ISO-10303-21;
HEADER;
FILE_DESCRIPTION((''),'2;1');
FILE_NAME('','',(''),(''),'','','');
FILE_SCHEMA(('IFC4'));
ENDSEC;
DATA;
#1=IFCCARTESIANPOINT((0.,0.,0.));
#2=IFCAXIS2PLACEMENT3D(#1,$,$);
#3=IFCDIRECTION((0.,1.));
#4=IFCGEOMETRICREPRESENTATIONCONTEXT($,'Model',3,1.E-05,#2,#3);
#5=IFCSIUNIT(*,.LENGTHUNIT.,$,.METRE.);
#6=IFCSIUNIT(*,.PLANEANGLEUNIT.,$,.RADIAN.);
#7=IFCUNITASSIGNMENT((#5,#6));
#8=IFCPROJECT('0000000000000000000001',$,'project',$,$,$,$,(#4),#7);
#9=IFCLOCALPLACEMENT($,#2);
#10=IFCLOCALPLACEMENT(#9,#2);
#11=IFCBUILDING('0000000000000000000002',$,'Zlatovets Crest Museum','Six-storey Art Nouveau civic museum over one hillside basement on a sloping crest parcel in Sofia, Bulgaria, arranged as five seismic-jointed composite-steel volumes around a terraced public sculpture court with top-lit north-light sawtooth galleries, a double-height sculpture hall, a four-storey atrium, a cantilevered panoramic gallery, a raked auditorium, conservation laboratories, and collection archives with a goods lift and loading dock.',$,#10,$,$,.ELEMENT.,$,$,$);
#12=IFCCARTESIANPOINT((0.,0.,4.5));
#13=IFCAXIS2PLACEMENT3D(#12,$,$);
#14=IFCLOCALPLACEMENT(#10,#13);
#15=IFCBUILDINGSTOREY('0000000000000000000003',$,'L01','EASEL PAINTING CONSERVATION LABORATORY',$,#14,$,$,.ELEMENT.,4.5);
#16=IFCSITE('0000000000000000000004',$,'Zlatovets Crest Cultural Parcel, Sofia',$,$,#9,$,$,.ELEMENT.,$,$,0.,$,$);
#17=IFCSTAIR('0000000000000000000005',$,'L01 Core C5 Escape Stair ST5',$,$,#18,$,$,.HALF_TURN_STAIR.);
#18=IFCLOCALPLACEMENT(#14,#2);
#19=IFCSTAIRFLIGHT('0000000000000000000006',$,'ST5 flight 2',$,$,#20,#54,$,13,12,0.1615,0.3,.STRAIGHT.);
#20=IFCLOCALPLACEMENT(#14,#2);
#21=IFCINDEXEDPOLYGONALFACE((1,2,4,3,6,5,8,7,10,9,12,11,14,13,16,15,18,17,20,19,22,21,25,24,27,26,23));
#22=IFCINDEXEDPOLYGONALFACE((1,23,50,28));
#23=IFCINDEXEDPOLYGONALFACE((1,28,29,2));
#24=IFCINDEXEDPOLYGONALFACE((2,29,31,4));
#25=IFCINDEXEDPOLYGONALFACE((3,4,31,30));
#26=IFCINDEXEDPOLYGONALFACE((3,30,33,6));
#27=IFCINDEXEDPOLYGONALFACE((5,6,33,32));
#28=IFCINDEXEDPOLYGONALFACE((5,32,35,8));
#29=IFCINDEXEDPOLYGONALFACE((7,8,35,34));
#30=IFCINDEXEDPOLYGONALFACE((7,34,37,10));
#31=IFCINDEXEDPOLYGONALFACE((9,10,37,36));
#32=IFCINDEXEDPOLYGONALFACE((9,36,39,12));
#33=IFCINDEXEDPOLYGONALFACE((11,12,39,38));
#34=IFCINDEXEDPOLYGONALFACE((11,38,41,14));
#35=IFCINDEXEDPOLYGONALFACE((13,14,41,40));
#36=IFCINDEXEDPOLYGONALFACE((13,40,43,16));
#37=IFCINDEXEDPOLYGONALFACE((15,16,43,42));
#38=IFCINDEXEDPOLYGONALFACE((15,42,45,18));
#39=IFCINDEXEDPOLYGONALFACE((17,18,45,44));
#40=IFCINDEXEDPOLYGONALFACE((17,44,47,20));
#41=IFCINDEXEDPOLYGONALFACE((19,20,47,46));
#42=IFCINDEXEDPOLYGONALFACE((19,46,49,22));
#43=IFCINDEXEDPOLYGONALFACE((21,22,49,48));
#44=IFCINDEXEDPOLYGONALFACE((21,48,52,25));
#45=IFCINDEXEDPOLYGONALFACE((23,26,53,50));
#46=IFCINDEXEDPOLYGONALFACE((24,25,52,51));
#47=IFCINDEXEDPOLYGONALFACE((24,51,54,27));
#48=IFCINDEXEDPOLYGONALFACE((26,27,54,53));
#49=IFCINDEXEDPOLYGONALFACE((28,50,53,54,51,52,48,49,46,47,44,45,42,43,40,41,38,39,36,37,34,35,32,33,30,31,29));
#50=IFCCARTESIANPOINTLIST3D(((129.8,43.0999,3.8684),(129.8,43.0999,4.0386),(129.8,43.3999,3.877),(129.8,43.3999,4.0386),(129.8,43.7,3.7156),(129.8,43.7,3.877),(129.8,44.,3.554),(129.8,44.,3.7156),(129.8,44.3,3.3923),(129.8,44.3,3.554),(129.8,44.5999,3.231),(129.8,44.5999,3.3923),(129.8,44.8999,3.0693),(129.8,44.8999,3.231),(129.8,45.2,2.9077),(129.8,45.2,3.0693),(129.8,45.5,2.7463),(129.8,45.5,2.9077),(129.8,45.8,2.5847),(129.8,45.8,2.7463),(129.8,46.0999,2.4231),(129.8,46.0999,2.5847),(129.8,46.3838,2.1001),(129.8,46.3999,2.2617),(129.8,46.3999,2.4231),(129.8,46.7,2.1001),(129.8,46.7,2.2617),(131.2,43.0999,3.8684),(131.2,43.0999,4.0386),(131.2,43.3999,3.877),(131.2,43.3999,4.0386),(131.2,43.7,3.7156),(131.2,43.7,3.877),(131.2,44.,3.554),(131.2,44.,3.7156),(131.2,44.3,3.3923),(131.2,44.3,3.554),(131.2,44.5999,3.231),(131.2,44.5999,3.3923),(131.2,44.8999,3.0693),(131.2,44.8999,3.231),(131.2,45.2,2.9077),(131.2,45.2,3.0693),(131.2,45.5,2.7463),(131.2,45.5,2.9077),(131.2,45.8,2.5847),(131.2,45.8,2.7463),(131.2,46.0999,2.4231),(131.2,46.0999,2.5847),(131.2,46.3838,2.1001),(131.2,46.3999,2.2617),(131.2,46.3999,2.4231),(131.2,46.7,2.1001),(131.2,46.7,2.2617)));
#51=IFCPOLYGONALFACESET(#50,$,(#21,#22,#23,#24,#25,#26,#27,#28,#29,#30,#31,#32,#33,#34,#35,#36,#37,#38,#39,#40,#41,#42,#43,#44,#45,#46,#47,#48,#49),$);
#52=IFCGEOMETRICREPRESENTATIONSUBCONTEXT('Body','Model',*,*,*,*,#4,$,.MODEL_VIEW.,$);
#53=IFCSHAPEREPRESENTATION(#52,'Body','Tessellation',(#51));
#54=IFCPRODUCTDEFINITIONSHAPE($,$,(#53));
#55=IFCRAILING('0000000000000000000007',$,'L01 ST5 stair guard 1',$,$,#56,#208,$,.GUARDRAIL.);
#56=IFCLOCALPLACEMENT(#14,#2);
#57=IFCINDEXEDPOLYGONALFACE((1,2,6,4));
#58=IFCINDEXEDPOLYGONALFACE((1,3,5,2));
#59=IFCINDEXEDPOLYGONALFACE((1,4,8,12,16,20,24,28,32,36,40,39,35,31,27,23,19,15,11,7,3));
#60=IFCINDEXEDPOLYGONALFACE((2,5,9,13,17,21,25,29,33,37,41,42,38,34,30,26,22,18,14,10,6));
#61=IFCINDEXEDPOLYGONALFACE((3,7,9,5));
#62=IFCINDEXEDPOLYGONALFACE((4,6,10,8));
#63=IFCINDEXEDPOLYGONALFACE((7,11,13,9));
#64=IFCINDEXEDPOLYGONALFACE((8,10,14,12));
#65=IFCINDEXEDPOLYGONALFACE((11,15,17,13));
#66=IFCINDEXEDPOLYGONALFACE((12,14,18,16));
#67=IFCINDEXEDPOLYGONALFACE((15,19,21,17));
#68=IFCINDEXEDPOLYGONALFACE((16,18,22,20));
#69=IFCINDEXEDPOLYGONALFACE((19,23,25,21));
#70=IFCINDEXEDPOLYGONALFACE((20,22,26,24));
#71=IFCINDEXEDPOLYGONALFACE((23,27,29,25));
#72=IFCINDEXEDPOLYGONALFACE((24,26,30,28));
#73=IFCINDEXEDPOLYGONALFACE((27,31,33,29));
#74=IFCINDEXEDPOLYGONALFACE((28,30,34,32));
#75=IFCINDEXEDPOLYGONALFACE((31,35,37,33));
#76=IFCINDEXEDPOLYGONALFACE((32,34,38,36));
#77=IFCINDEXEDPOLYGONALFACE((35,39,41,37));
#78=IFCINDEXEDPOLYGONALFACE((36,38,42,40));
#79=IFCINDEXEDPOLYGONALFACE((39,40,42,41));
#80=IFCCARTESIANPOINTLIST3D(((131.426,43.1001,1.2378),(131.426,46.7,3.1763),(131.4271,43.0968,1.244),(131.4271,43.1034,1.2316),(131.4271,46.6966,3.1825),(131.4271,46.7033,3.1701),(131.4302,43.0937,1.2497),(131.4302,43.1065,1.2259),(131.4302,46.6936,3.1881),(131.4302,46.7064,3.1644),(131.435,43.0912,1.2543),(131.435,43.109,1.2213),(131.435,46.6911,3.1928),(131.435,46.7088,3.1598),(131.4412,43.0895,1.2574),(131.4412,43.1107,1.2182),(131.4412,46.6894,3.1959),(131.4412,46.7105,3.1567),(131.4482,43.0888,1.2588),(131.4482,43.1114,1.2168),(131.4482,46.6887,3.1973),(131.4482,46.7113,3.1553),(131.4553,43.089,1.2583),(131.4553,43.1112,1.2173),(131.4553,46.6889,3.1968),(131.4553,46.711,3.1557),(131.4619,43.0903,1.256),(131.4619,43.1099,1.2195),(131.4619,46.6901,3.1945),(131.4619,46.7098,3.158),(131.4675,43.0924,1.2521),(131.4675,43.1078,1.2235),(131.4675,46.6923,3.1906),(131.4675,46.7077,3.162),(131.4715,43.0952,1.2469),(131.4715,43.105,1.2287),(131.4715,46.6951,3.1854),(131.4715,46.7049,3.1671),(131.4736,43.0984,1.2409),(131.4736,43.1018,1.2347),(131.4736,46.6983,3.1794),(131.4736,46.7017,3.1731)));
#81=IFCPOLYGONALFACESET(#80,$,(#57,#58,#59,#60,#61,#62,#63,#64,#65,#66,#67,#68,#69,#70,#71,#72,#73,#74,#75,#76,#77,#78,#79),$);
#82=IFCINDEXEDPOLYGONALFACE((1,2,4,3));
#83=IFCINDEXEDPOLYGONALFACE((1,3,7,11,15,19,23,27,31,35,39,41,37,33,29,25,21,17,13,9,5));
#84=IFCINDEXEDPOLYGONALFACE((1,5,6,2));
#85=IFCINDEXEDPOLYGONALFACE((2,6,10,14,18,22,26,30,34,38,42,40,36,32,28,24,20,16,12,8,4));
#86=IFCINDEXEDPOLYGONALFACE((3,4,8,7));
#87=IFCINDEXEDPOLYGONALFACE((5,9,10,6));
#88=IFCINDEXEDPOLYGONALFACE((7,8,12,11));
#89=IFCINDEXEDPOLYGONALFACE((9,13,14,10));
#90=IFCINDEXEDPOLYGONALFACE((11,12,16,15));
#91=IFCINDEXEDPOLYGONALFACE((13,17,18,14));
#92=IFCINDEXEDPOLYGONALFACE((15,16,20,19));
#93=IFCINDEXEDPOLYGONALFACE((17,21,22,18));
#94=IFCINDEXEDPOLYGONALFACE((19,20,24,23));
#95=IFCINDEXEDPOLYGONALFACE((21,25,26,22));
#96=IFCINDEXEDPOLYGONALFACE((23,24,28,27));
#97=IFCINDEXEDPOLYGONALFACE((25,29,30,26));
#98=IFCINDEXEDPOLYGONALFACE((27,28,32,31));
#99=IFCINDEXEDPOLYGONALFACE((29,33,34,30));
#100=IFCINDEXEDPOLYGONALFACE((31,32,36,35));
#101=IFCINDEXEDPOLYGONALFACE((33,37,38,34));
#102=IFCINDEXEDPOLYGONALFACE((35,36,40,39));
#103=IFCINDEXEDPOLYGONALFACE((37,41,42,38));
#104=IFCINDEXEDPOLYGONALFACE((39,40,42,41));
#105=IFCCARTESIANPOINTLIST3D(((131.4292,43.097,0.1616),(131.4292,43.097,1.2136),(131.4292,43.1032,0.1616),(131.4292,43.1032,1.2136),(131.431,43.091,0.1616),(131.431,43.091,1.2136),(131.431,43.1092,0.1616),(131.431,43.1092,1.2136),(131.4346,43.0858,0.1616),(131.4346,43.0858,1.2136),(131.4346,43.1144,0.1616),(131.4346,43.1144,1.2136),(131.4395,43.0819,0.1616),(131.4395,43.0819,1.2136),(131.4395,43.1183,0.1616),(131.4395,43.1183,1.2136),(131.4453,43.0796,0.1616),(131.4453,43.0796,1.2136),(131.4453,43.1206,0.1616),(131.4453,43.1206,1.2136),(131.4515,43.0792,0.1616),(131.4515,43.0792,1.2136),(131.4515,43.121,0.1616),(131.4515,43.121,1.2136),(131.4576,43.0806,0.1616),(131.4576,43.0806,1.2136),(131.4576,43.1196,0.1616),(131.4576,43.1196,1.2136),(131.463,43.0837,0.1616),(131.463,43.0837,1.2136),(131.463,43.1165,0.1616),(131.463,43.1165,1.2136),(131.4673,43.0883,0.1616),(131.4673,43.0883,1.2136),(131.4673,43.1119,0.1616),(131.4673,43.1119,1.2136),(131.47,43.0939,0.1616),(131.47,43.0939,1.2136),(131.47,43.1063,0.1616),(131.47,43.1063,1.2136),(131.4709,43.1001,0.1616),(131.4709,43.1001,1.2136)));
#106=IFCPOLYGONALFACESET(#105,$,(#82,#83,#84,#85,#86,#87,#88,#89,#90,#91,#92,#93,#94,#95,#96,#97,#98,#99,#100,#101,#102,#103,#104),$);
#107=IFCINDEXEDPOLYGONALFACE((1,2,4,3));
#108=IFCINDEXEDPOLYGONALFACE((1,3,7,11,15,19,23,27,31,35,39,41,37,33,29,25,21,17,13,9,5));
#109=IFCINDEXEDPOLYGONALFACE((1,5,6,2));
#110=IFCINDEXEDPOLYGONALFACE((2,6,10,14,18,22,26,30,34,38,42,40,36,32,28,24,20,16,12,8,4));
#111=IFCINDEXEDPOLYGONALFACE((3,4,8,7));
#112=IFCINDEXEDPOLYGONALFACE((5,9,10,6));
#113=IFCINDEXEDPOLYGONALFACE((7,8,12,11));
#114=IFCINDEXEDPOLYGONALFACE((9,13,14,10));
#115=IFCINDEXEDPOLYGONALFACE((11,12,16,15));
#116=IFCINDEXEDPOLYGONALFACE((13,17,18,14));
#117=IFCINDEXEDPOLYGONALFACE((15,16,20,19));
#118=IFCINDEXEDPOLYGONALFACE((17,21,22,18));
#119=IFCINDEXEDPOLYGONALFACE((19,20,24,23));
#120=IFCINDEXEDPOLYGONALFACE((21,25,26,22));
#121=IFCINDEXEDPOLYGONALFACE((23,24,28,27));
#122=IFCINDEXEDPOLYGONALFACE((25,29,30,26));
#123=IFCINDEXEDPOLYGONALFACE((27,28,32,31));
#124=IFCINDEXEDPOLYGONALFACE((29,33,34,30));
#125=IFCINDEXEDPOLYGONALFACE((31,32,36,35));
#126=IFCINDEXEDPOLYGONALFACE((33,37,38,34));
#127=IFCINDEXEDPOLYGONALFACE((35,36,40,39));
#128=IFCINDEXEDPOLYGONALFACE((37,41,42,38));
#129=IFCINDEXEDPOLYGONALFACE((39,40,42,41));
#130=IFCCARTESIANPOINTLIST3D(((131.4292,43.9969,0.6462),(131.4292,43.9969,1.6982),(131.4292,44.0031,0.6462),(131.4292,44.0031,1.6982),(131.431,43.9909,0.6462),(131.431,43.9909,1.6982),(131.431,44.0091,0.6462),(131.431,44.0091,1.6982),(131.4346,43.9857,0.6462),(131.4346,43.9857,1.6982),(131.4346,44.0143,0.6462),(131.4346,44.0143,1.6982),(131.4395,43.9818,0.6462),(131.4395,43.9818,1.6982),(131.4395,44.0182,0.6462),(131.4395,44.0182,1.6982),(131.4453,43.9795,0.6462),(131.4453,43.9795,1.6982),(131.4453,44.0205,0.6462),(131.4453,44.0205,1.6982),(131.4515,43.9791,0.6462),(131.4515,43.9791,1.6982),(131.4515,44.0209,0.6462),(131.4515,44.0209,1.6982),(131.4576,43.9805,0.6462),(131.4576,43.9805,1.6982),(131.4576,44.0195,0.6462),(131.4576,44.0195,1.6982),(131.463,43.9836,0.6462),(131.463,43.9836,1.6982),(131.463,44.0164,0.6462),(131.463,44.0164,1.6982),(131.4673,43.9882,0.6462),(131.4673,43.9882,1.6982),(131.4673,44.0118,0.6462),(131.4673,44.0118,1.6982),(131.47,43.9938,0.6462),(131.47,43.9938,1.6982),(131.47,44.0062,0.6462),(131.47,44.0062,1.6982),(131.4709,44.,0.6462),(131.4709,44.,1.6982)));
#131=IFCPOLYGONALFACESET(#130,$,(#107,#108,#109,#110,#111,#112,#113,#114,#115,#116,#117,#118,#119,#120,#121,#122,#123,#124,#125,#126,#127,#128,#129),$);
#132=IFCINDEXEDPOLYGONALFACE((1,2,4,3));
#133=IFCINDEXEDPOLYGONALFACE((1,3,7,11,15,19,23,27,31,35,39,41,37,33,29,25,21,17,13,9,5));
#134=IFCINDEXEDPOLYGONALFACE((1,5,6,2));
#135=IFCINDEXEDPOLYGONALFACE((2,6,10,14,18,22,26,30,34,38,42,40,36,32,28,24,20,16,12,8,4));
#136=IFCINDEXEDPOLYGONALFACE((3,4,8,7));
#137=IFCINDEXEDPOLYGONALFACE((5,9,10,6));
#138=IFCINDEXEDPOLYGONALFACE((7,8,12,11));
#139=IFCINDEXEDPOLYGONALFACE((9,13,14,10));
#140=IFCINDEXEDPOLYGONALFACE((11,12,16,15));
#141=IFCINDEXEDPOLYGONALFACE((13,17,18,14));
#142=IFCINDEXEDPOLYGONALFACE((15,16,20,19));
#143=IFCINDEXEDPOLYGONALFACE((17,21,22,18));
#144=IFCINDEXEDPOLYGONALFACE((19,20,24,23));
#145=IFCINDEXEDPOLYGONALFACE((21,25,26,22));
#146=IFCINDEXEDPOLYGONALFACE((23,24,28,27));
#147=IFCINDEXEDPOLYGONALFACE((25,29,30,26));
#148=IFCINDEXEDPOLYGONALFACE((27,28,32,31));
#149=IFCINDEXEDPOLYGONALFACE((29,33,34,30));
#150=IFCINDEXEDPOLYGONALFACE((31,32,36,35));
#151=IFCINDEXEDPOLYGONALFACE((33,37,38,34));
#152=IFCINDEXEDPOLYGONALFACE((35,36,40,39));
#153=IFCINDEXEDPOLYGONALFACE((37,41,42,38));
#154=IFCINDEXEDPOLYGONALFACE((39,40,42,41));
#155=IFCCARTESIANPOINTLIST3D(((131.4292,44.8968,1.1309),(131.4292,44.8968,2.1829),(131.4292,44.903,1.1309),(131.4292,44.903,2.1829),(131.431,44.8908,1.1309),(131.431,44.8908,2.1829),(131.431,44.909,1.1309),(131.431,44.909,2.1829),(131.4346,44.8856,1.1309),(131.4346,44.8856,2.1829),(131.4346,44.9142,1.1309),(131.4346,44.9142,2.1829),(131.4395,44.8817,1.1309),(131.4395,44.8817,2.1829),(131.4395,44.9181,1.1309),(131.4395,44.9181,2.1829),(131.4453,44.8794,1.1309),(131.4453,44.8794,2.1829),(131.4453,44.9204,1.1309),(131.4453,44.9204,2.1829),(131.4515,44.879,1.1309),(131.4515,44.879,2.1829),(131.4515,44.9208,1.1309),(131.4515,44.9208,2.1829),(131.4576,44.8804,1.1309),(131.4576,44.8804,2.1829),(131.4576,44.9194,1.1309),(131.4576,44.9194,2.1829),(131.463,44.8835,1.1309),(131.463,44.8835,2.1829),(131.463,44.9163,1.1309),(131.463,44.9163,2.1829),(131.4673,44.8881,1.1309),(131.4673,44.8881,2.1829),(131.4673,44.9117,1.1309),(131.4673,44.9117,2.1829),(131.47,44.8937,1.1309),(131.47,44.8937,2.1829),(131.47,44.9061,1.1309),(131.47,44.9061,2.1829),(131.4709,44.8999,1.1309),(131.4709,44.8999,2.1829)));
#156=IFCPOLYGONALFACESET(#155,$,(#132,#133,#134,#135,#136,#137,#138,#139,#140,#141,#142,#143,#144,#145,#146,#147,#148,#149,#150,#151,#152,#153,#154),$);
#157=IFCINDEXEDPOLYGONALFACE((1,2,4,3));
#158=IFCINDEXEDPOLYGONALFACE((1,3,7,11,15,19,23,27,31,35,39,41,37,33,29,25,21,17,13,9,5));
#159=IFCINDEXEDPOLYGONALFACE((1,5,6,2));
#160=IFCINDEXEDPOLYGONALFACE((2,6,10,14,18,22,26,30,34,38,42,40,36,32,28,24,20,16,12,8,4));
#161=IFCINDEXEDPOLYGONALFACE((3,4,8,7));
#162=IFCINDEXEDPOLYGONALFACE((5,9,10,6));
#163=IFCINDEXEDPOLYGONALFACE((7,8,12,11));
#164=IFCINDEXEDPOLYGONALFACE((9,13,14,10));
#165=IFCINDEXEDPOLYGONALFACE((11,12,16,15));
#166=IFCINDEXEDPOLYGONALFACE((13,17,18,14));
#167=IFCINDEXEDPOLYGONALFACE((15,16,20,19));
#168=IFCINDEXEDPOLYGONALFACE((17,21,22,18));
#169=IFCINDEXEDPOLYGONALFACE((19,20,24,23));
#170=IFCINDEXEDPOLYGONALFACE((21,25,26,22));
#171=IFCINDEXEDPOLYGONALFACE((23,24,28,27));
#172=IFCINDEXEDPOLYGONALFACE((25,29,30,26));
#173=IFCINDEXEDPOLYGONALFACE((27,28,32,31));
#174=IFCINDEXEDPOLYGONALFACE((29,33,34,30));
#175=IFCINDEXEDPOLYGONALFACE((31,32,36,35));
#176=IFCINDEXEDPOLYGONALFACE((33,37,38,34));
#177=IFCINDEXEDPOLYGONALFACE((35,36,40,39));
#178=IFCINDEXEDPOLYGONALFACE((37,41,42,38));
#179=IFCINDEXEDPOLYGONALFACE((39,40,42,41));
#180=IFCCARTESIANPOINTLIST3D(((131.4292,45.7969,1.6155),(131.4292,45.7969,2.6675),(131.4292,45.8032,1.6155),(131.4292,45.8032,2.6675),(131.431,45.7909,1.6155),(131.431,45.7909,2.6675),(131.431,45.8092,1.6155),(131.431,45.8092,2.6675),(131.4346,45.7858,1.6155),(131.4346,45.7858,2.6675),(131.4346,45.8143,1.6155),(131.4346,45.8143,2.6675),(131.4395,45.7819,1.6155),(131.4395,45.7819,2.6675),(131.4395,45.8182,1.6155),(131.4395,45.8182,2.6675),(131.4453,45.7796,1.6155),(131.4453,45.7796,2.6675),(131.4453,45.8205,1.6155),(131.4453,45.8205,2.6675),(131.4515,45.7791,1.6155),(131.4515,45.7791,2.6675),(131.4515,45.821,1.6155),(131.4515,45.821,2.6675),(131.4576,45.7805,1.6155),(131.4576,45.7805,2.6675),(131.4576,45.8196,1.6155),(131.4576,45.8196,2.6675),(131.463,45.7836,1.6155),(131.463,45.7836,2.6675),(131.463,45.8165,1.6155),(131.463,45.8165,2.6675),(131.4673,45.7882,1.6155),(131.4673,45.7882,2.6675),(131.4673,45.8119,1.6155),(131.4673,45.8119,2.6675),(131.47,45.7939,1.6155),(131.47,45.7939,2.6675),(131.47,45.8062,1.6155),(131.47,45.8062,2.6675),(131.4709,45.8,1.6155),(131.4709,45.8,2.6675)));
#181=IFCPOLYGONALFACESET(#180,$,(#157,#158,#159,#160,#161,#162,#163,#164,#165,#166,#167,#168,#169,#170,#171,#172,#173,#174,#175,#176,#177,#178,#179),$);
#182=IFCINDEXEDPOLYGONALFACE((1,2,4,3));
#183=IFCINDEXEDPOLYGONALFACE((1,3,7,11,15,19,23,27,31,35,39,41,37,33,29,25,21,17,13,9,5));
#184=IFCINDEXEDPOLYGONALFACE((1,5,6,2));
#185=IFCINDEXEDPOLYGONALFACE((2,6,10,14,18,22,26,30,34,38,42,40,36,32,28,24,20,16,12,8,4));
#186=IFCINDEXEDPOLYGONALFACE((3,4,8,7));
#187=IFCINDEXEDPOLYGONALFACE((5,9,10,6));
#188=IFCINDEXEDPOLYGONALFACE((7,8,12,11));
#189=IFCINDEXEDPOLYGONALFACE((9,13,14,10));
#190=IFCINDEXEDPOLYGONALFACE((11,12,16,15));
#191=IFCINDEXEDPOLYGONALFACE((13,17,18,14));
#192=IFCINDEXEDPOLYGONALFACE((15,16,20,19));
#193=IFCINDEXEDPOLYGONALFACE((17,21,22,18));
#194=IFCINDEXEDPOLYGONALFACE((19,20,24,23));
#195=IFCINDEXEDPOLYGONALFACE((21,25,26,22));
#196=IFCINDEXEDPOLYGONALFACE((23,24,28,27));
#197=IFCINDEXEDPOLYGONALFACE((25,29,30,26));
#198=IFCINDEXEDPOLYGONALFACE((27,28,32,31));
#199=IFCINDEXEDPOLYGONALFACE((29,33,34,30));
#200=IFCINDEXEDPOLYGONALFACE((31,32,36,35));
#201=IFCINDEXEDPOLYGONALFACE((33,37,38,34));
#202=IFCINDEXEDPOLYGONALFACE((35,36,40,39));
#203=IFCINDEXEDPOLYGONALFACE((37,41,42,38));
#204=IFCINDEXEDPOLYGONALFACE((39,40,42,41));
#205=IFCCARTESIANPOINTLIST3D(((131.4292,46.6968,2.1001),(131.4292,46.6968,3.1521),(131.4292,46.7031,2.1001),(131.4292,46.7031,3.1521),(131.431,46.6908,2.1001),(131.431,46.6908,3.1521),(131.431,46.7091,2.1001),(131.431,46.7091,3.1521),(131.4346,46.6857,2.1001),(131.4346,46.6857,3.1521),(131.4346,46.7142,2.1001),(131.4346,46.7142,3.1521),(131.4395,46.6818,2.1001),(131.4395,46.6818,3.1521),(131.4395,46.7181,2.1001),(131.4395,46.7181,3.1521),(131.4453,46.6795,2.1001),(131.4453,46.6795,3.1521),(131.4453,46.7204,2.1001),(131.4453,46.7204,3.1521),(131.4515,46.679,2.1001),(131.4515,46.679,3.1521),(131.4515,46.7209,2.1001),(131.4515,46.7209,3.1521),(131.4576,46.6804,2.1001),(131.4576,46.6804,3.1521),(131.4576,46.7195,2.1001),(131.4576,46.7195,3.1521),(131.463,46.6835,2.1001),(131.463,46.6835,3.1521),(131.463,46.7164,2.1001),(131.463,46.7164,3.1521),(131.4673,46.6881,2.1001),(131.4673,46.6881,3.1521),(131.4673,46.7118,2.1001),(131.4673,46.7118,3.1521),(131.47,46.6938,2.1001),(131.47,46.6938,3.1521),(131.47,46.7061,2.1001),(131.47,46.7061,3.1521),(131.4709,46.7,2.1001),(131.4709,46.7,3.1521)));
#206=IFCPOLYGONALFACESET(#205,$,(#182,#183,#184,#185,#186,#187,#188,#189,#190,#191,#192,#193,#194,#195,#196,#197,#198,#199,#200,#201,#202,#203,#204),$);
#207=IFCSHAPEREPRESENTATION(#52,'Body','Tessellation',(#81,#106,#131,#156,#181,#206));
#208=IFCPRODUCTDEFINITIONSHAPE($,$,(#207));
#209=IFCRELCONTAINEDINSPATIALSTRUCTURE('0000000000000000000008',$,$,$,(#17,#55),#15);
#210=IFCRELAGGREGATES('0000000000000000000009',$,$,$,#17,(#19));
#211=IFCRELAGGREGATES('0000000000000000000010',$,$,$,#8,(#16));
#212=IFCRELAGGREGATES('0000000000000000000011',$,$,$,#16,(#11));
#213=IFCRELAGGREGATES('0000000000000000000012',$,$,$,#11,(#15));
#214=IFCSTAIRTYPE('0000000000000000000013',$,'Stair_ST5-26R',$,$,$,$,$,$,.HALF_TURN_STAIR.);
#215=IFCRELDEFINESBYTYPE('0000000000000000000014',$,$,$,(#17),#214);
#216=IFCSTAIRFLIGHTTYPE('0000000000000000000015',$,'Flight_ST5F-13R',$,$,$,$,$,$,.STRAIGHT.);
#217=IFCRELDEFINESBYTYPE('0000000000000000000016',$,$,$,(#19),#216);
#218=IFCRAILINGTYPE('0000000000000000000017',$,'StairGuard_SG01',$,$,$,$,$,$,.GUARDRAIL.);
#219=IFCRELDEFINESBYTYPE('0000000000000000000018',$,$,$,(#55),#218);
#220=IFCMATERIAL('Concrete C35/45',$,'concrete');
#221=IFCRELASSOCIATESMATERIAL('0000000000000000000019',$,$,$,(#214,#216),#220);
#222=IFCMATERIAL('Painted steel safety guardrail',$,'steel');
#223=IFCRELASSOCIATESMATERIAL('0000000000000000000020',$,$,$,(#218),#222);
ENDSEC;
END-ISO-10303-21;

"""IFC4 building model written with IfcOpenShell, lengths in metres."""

from ifc_helpers import new_model, si_unit, direction, frame, origin, origin_2d, place, context, subcontext, project, spatial, polyline, circle, outline, extrude, material, type_object, element, aggregate, save


model = new_model("IFC4")

# Units and contexts
model_context = context("Model", 3, precision=1e-05, world=origin(), true_north=direction((0.0, 1.0)))
body_context = subcontext(model_context, "Body", "Model", "MODEL_VIEW")
ifc_project = project(units=[si_unit("LENGTHUNIT", "METRE"), si_unit("PLANEANGLEUNIT", "RADIAN")], contexts=[model_context])

# Site, building, storey
site_placement = place(None, origin())
site = spatial("IfcSite", under=ifc_project, at=site_placement, Name="Zlatovets Crest Cultural Parcel, Sofia", CompositionType="ELEMENT", RefElevation=0.0)
building_placement = place(site_placement, origin())
building = spatial("IfcBuilding", under=site, at=building_placement, Name="Zlatovets Crest Museum", Description="Six-storey Art Nouveau civic museum over one hillside basement on a sloping crest parcel in Sofia, Bulgaria, arranged as five seismic-jointed composite-steel volumes around a terraced public sculpture court with top-lit north-light sawtooth galleries, a double-height sculpture hall, a four-storey atrium, a cantilevered panoramic gallery, a raked auditorium, conservation laboratories, and collection archives with a goods lift and loading dock.", CompositionType="ELEMENT")
storey_placement = place(building_placement, frame((0.0, 0.0, 4.5)))
storey = spatial("IfcBuildingStorey", under=building, at=storey_placement, Name="L01", Description="EASEL PAINTING CONSERVATION LABORATORY", CompositionType="ELEMENT", Elevation=4.5)

# Stair, stair flight
ifc_material_1 = material(Name="Concrete C35/45", Category="concrete")
stair_type = type_object("IfcStairType", Name="Stair_ST5-26R", PredefinedType="HALF_TURN_STAIR", material=ifc_material_1)
stair_placement = place(storey_placement, origin())
stair = element("IfcStair", 1, at=stair_placement, inside=storey, type_object=stair_type, Name="L01 Core C5 Escape Stair ST5", PredefinedType="HALF_TURN_STAIR")
stair_flight_type = type_object("IfcStairFlightType", Name="Flight_ST5F-13R", PredefinedType="STRAIGHT", material=ifc_material_1)
stair_flight_1_placement = place(storey_placement, frame((130.5, 46.7, 2.1001), z_axis=(0.0, 0.0, 1.0), x_axis=(0.0, -1.0, 0.0)))
stair_flight_1 = element("IfcStairFlight", 2, at=stair_flight_1_placement, type_object=stair_flight_type, Name="ST5 flight 2", NumberOfRisers=13, NumberOfTreads=12, PredefinedType="STRAIGHT", RiserHeight=0.1615, TreadLength=0.3, context=body_context, shape_type="SweptSolid", body=[
    extrude(outline(polyline([(0.0, 0.0), (0.0, 0.1616), (0.3, 0.1616), (0.3, 0.323), (0.6001, 0.323), (0.6001, 0.4846), (0.8999, 0.4846), (0.8999, 0.6462), (1.2, 0.6462), (1.2, 0.8076), (1.5, 0.8076), (1.5, 0.9692), (1.8, 0.9692), (1.8, 1.1309), (2.1001, 1.1309), (2.1001, 1.2922), (2.3999, 1.2922), (2.3999, 1.4539), (2.7, 1.4539), (2.7, 1.6155), (3.0, 1.6155), (3.0, 1.7769), (3.3, 1.7769), (3.3, 1.9385), (3.6001, 1.9385), (3.6001, 2.1001), (3.6001, 1.7683), (0.3162, 0.0), (0.0, 0.0)])), frame((0.0, 0.7, 0.0), z_axis=(0.0, -1.0, 0.0), x_axis=(1.0, 0.0, 0.0)), (0.0, 0.0, 1.0), 1.3999),
])
aggregate(stair, [stair_flight_1])

# Railing
ifc_material_2 = material(Name="Painted steel safety guardrail", Category="steel")
railing_type_1 = type_object("IfcRailingType", Name="StairGuard_SG01", PredefinedType="GUARDRAIL", material=ifc_material_2)
railing_1_placement = place(storey_placement, frame((131.45, 43.1001, 0.1616)))
element("IfcRailing", 3, at=railing_1_placement, inside=storey, type_object=railing_type_1, Name="L01 ST5 stair guard 1", PredefinedType="GUARDRAIL", context=body_context, shape_type="SweptSolid", body=[
    extrude(circle(Radius=0.0239, at=origin_2d()), frame((0.0, 0.0, 1.0762), z_axis=(0.0, 0.880462, 0.474118), x_axis=(-1.0, 0.0, 0.0)), (0.0, 0.0, 1.0), 4.0886),
    extrude(circle(Radius=0.021, at=origin_2d()), origin(), (0.0, 0.0, 1.0), 1.052),
    extrude(circle(Radius=0.021, at=origin_2d()), frame((0.0, 0.8999, 0.4846)), (0.0, 0.0, 1.0), 1.052),
    extrude(circle(Radius=0.021, at=origin_2d()), frame((0.0, 1.7998, 0.9692)), (0.0, 0.0, 1.0), 1.052),
    extrude(circle(Radius=0.021, at=origin_2d()), frame((0.0, 2.7, 1.4539)), (0.0, 0.0, 1.0), 1.052),
    extrude(circle(Radius=0.021, at=origin_2d()), frame((0.0, 3.5999, 1.9385)), (0.0, 0.0, 1.0), 1.052),
])

save(model, "model.ifc")
